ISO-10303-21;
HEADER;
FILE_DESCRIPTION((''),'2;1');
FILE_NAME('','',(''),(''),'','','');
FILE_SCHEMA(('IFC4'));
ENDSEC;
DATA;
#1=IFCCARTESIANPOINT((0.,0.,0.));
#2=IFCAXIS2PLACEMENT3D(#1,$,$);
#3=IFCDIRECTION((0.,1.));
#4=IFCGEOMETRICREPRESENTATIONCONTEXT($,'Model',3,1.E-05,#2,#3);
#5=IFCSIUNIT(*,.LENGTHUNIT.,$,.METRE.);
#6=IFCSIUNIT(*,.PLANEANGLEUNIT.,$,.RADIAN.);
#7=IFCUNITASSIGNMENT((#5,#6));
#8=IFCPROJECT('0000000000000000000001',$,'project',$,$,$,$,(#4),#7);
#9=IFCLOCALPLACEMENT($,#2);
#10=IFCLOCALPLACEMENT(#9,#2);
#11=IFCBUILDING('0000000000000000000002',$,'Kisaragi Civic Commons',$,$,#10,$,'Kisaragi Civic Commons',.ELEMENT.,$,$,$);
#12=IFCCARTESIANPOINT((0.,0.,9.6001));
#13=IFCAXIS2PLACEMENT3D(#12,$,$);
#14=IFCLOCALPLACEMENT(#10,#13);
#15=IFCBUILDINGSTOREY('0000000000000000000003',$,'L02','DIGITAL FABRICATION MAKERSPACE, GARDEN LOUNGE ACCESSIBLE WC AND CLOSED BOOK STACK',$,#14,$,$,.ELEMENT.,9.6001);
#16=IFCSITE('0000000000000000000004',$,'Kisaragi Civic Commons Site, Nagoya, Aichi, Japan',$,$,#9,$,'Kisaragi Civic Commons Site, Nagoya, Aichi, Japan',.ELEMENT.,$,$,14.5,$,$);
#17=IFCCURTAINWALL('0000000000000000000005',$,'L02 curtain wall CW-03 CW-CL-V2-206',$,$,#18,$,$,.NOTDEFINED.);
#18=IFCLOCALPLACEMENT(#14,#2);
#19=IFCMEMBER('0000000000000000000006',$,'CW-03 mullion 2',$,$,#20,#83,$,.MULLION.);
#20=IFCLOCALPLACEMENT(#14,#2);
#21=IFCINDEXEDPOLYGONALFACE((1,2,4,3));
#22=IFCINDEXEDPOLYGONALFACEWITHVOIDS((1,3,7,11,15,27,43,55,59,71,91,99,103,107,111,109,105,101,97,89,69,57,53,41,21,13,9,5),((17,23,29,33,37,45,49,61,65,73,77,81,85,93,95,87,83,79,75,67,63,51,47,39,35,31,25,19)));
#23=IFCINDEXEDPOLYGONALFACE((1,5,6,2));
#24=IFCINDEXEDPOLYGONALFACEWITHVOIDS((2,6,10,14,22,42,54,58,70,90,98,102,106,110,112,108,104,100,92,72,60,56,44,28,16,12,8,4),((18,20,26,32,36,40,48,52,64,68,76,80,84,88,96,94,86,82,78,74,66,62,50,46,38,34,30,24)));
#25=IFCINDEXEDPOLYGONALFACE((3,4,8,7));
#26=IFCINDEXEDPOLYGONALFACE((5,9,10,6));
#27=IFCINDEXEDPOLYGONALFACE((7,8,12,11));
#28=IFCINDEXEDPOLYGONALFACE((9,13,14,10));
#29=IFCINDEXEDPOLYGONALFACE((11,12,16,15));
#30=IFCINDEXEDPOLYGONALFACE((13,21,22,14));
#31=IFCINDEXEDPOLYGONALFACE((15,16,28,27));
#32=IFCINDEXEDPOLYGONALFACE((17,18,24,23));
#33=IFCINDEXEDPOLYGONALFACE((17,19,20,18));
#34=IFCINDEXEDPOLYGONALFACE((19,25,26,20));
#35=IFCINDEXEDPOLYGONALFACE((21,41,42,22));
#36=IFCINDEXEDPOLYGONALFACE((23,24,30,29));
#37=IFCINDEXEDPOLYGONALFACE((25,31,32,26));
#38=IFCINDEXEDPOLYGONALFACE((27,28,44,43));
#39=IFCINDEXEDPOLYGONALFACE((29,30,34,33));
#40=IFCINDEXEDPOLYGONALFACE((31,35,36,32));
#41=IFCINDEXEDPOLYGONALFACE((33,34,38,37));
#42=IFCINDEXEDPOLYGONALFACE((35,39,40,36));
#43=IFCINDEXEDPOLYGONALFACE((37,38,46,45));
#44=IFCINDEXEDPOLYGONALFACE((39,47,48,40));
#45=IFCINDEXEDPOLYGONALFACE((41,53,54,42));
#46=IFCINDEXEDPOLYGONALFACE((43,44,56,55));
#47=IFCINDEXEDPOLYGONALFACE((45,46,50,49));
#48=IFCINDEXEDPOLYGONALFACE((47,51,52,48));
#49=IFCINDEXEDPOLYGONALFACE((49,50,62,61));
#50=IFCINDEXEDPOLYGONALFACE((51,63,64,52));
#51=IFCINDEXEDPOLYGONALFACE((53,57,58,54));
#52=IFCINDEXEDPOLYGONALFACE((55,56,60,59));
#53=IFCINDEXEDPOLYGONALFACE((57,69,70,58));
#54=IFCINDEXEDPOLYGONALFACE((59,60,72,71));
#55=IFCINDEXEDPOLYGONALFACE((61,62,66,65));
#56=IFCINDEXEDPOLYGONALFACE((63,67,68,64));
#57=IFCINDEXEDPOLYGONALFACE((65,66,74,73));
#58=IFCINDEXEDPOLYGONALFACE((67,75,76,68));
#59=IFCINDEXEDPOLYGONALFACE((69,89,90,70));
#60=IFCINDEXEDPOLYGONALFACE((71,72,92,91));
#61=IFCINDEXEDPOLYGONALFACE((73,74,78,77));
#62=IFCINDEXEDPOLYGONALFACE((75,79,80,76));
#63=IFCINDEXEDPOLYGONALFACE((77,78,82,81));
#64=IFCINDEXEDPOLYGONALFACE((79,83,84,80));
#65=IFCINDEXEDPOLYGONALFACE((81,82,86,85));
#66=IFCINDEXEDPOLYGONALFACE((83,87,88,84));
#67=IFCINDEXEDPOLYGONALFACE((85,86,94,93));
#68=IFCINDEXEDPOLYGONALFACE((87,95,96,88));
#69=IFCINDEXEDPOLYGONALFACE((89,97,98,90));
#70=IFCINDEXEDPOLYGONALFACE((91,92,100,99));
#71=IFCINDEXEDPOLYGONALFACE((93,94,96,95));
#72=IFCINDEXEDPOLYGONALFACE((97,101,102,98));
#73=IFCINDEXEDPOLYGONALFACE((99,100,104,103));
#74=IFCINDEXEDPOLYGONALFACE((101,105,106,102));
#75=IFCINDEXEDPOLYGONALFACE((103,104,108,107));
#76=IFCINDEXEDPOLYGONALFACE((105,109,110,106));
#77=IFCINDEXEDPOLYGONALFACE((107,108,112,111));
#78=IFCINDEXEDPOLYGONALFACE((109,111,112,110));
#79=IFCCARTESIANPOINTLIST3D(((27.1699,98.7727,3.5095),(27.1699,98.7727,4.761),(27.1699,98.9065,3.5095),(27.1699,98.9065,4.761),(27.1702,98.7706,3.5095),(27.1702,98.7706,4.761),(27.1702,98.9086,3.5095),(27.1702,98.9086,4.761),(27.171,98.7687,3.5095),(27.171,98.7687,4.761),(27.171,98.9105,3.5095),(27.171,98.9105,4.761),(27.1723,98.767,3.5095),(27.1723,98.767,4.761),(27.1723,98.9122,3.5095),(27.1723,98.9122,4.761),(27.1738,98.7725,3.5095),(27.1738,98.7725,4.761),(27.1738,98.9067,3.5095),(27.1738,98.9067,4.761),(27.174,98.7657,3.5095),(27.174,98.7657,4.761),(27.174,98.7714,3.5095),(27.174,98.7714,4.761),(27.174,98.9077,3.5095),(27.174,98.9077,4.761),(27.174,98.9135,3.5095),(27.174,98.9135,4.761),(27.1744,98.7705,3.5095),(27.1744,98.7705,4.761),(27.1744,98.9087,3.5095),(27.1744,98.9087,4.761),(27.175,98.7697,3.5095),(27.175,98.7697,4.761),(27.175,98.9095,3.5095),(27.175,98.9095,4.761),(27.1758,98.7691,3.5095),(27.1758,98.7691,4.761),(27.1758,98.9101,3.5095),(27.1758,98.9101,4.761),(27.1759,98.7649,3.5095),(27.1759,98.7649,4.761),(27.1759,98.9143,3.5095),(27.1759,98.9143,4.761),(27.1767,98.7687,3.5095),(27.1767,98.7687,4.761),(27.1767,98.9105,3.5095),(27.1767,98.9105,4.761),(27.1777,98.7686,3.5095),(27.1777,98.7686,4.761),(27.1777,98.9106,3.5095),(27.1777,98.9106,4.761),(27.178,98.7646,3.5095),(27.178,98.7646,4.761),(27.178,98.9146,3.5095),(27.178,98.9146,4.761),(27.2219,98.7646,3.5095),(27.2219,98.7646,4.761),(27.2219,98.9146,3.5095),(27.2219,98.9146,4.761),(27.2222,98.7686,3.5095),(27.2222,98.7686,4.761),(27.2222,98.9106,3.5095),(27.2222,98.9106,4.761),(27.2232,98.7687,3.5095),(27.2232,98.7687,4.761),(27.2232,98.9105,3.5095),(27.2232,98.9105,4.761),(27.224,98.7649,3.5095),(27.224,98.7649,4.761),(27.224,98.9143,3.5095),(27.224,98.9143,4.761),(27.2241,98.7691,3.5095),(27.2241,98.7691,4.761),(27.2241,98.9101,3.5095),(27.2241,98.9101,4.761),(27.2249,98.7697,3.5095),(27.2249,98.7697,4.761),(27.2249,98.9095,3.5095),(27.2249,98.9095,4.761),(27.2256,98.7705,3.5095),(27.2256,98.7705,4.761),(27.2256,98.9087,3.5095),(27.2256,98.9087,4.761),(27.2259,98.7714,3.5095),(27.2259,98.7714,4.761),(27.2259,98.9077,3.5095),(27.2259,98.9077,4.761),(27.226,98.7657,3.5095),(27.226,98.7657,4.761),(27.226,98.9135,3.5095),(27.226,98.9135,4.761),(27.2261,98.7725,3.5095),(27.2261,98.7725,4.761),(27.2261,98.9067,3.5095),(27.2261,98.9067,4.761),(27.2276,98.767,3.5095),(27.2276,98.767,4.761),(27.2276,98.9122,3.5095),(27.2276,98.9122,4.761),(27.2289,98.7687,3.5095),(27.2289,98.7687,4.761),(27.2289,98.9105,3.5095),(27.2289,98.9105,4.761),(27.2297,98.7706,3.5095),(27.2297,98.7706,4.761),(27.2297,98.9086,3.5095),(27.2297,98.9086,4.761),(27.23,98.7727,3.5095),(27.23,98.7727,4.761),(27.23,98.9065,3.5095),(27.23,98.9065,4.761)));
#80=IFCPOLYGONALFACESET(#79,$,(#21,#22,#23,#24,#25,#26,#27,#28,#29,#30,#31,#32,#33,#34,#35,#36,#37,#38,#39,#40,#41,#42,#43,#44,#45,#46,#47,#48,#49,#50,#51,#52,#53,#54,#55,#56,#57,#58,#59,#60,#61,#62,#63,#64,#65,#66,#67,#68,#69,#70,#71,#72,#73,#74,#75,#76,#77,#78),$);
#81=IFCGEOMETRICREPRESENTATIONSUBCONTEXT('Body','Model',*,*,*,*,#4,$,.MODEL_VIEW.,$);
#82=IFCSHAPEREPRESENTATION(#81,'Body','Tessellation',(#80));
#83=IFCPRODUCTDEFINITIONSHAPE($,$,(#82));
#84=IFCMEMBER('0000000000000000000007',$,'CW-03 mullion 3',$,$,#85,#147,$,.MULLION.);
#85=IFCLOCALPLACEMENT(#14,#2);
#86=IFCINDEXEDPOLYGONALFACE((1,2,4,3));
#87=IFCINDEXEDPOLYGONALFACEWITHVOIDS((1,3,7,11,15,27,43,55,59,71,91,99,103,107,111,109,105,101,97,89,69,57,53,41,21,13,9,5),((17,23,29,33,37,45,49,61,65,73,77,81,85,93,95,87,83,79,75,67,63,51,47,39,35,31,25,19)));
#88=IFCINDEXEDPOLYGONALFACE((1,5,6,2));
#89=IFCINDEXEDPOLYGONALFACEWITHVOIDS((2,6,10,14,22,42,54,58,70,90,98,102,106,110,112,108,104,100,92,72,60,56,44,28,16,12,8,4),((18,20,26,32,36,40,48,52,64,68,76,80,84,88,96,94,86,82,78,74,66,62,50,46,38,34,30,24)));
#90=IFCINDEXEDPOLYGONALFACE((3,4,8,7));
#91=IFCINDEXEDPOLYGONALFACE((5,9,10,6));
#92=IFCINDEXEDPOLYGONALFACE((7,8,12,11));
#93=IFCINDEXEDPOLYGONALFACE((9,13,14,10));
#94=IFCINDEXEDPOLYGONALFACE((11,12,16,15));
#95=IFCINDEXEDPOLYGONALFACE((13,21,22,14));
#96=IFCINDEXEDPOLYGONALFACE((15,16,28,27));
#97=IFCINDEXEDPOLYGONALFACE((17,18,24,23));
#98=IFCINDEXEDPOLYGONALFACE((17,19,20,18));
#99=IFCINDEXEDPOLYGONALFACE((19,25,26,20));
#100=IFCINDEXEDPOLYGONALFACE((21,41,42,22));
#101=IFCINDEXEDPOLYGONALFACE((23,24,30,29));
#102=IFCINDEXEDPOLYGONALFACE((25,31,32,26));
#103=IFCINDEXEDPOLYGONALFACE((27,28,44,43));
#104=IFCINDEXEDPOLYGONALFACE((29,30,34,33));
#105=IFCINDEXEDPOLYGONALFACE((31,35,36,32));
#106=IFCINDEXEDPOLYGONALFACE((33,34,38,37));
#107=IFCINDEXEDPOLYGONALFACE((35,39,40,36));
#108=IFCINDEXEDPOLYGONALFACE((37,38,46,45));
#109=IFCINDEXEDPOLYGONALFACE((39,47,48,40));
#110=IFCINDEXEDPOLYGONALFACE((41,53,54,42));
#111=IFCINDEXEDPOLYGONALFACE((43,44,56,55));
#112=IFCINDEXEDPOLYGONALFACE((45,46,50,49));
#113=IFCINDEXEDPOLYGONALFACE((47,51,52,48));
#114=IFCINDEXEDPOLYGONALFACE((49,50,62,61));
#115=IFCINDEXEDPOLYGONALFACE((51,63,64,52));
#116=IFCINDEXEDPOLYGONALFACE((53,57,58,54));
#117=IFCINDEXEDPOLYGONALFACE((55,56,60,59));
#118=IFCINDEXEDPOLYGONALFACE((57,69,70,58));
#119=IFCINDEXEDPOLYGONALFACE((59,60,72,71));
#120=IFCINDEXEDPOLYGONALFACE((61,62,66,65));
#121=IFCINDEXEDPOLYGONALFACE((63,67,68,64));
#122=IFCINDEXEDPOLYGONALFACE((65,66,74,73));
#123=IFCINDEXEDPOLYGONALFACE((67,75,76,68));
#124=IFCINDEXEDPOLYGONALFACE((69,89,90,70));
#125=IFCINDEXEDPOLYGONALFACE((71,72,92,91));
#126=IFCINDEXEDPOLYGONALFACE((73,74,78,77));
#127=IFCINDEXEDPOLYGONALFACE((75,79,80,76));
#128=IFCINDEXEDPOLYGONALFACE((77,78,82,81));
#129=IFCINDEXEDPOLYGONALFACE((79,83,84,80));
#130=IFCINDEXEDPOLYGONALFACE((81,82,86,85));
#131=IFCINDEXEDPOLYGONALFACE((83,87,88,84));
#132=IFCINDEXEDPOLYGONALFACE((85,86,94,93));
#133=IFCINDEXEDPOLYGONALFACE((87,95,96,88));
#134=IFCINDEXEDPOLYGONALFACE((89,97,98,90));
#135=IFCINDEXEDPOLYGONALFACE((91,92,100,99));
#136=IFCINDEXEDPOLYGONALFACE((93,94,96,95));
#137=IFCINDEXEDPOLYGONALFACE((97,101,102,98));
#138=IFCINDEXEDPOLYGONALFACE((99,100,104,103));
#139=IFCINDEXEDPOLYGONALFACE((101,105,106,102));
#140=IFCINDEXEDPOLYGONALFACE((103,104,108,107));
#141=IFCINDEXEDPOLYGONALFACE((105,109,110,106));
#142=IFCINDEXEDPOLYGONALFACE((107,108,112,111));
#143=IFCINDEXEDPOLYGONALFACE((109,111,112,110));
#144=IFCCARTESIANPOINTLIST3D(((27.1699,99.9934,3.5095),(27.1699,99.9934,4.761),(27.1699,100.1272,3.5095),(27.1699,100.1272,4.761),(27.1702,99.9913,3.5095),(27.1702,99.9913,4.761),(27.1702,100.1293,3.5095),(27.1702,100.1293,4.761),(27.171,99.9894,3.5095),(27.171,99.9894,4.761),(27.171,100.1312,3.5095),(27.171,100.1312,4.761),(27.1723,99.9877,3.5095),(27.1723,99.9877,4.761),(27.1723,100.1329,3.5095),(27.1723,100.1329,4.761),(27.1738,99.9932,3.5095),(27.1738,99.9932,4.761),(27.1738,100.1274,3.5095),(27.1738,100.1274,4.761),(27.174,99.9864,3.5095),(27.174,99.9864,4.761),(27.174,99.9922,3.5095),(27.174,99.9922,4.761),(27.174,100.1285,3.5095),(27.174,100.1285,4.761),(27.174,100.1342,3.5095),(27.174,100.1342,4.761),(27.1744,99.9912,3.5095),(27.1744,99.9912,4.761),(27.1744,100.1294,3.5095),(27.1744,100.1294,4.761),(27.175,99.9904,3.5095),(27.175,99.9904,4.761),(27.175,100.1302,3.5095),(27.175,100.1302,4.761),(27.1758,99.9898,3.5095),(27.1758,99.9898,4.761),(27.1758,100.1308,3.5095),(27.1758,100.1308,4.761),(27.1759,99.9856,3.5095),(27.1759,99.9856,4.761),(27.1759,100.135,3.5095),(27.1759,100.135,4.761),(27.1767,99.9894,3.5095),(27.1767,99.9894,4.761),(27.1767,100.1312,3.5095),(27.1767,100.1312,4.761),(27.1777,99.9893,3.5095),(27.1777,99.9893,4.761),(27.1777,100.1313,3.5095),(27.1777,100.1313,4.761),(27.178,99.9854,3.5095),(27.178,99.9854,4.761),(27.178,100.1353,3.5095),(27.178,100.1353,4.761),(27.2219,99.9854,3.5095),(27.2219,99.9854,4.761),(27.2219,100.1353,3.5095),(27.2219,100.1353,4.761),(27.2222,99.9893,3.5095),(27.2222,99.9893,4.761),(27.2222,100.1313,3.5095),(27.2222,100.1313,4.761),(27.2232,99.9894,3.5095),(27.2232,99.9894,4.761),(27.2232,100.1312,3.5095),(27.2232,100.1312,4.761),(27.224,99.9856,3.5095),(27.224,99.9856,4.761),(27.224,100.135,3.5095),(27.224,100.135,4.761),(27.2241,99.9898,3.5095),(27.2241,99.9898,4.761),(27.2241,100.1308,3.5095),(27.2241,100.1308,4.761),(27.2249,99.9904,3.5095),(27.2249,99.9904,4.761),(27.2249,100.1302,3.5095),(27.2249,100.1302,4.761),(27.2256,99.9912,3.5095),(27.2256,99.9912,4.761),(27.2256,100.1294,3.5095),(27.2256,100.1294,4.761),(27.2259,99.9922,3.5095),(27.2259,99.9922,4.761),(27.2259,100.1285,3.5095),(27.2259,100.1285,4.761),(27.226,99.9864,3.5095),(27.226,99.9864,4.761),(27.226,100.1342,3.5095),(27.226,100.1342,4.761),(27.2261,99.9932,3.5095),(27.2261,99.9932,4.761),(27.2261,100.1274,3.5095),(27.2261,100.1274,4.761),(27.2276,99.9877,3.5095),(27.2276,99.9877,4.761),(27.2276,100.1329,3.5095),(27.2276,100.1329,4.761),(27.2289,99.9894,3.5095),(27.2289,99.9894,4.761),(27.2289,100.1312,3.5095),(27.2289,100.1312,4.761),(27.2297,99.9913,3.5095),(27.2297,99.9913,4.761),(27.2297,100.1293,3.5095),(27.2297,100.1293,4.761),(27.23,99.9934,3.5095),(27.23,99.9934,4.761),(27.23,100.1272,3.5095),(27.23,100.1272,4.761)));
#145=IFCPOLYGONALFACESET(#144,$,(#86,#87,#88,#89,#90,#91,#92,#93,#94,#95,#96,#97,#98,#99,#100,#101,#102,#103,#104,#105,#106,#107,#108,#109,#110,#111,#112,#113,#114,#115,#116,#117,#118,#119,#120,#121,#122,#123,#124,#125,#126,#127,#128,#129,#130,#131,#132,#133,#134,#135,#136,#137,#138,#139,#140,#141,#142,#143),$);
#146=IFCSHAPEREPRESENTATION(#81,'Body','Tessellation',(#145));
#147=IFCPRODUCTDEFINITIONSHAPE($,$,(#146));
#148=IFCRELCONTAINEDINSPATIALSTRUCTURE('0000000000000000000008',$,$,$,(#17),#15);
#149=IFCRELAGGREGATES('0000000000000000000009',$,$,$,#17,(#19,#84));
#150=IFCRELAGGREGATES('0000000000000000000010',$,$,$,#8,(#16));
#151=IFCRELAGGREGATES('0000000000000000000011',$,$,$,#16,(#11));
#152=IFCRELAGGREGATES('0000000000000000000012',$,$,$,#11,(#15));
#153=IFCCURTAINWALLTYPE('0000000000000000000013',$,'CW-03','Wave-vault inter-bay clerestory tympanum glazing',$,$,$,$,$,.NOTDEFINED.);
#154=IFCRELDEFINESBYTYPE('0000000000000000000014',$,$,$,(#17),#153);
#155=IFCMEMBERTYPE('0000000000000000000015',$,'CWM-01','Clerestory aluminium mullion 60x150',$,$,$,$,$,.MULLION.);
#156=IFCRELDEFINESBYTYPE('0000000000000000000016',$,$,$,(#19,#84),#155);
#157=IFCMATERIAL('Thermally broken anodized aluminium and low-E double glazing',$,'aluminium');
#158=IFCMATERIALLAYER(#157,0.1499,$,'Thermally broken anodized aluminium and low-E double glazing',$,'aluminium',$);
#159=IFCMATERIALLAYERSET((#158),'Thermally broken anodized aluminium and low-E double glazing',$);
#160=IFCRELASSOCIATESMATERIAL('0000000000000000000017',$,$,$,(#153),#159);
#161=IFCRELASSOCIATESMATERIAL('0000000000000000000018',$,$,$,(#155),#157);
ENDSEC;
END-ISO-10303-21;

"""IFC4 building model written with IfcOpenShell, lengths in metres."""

from ifc_helpers import new_model, si_unit, direction, frame, origin, origin_2d, place, context, subcontext, project, spatial, hollow_rectangle, extrude, material, layer, layer_set, material_profile, profile_set, type_object, element, aggregate, save


model = new_model("IFC4")

# Units and contexts
model_context = context("Model", 3, precision=1e-05, world=origin(), true_north=direction((0.0, 1.0)))
body_context = subcontext(model_context, "Body", "Model", "MODEL_VIEW")
ifc_project = project(units=[si_unit("LENGTHUNIT", "METRE"), si_unit("PLANEANGLEUNIT", "RADIAN")], contexts=[model_context])

# Site, building, storey
site_placement = place(None, origin())
site = spatial("IfcSite", under=ifc_project, at=site_placement, Name="Kisaragi Civic Commons Site, Nagoya, Aichi, Japan", LongName="Kisaragi Civic Commons Site, Nagoya, Aichi, Japan", CompositionType="ELEMENT", RefElevation=14.5)
building_placement = place(site_placement, origin())
building = spatial("IfcBuilding", under=site, at=building_placement, Name="Kisaragi Civic Commons", LongName="Kisaragi Civic Commons", CompositionType="ELEMENT")
storey_placement = place(building_placement, frame((0.0, 0.0, 9.6001)))
storey = spatial("IfcBuildingStorey", under=building, at=storey_placement, Name="L02", Description="DIGITAL FABRICATION MAKERSPACE, GARDEN LOUNGE ACCESSIBLE WC AND CLOSED BOOK STACK", CompositionType="ELEMENT", Elevation=9.6001)

# Shared definitions
ifc_material_1 = material(Name="Thermally broken anodized aluminium and low-E double glazing", Category="aluminium")
ifc_layer_1 = layer(ifc_material_1, 0.1499, Name="Thermally broken anodized aluminium and low-E double glazing", Category="aluminium")
ifc_layer_set_1 = layer_set([ifc_layer_1], Name="Thermally broken anodized aluminium and low-E double glazing")
curtain_wall_type = type_object("IfcCurtainWallType", Name="CW-03", Description="Wave-vault inter-bay clerestory tympanum glazing", PredefinedType="NOTDEFINED", material=ifc_layer_set_1)
ifc_material_profile_1 = material_profile(ifc_material_1, hollow_rectangle(XDim=0.0601, YDim=0.1499, WallThickness=0.0039, InnerFilletRadius=0.0039, OuterFilletRadius=0.0081, at=origin_2d()), Name="CWM-60x150x4", Category="aluminium")
ifc_profile_set_1 = profile_set([ifc_material_profile_1], Name="Thermally broken anodized aluminium and low-E double glazing")
member_type_1 = type_object("IfcMemberType", Name="CWM-01", Description="Clerestory aluminium mullion 60x150", PredefinedType="MULLION", material=ifc_profile_set_1)

# Curtain wall, members
curtain_wall_1_placement = place(storey_placement, origin())
curtain_wall_1 = element("IfcCurtainWall", 1, at=curtain_wall_1_placement, inside=storey, type_object=curtain_wall_type, Name="L02 curtain wall CW-03 CW-CL-V2-206", PredefinedType="NOTDEFINED")
member_1_placement = place(storey_placement, frame((27.2, 98.8396, 3.5095), z_axis=(0.0, 0.0, 1.0), x_axis=(-1.0, 0.0, 0.0)))
member_1 = element("IfcMember", 2, at=member_1_placement, type_object=member_type_1, Name="CW-03 mullion 2", PredefinedType="MULLION", context=body_context, shape_type="SweptSolid", body=[
    extrude(hollow_rectangle(XDim=0.0601, YDim=0.1499, WallThickness=0.0039, InnerFilletRadius=0.0039, OuterFilletRadius=0.0081, at=origin_2d()), origin(), (0.0, 0.0, 1.0), 1.2515),
])
member_2_placement = place(storey_placement, frame((27.2, 100.0603, 3.5095), z_axis=(0.0, 0.0, 1.0), x_axis=(-1.0, 0.0, 0.0)))
member_2 = element("IfcMember", 3, at=member_2_placement, type_object=member_type_1, Name="CW-03 mullion 3", PredefinedType="MULLION", context=body_context, shape_type="SweptSolid", body=[
    extrude(hollow_rectangle(XDim=0.0601, YDim=0.1499, WallThickness=0.0039, InnerFilletRadius=0.0039, OuterFilletRadius=0.0081, at=origin_2d()), origin(), (0.0, 0.0, 1.0), 1.2515),
])

aggregate(curtain_wall_1, [member_1, member_2])

save(model, "model.ifc")
